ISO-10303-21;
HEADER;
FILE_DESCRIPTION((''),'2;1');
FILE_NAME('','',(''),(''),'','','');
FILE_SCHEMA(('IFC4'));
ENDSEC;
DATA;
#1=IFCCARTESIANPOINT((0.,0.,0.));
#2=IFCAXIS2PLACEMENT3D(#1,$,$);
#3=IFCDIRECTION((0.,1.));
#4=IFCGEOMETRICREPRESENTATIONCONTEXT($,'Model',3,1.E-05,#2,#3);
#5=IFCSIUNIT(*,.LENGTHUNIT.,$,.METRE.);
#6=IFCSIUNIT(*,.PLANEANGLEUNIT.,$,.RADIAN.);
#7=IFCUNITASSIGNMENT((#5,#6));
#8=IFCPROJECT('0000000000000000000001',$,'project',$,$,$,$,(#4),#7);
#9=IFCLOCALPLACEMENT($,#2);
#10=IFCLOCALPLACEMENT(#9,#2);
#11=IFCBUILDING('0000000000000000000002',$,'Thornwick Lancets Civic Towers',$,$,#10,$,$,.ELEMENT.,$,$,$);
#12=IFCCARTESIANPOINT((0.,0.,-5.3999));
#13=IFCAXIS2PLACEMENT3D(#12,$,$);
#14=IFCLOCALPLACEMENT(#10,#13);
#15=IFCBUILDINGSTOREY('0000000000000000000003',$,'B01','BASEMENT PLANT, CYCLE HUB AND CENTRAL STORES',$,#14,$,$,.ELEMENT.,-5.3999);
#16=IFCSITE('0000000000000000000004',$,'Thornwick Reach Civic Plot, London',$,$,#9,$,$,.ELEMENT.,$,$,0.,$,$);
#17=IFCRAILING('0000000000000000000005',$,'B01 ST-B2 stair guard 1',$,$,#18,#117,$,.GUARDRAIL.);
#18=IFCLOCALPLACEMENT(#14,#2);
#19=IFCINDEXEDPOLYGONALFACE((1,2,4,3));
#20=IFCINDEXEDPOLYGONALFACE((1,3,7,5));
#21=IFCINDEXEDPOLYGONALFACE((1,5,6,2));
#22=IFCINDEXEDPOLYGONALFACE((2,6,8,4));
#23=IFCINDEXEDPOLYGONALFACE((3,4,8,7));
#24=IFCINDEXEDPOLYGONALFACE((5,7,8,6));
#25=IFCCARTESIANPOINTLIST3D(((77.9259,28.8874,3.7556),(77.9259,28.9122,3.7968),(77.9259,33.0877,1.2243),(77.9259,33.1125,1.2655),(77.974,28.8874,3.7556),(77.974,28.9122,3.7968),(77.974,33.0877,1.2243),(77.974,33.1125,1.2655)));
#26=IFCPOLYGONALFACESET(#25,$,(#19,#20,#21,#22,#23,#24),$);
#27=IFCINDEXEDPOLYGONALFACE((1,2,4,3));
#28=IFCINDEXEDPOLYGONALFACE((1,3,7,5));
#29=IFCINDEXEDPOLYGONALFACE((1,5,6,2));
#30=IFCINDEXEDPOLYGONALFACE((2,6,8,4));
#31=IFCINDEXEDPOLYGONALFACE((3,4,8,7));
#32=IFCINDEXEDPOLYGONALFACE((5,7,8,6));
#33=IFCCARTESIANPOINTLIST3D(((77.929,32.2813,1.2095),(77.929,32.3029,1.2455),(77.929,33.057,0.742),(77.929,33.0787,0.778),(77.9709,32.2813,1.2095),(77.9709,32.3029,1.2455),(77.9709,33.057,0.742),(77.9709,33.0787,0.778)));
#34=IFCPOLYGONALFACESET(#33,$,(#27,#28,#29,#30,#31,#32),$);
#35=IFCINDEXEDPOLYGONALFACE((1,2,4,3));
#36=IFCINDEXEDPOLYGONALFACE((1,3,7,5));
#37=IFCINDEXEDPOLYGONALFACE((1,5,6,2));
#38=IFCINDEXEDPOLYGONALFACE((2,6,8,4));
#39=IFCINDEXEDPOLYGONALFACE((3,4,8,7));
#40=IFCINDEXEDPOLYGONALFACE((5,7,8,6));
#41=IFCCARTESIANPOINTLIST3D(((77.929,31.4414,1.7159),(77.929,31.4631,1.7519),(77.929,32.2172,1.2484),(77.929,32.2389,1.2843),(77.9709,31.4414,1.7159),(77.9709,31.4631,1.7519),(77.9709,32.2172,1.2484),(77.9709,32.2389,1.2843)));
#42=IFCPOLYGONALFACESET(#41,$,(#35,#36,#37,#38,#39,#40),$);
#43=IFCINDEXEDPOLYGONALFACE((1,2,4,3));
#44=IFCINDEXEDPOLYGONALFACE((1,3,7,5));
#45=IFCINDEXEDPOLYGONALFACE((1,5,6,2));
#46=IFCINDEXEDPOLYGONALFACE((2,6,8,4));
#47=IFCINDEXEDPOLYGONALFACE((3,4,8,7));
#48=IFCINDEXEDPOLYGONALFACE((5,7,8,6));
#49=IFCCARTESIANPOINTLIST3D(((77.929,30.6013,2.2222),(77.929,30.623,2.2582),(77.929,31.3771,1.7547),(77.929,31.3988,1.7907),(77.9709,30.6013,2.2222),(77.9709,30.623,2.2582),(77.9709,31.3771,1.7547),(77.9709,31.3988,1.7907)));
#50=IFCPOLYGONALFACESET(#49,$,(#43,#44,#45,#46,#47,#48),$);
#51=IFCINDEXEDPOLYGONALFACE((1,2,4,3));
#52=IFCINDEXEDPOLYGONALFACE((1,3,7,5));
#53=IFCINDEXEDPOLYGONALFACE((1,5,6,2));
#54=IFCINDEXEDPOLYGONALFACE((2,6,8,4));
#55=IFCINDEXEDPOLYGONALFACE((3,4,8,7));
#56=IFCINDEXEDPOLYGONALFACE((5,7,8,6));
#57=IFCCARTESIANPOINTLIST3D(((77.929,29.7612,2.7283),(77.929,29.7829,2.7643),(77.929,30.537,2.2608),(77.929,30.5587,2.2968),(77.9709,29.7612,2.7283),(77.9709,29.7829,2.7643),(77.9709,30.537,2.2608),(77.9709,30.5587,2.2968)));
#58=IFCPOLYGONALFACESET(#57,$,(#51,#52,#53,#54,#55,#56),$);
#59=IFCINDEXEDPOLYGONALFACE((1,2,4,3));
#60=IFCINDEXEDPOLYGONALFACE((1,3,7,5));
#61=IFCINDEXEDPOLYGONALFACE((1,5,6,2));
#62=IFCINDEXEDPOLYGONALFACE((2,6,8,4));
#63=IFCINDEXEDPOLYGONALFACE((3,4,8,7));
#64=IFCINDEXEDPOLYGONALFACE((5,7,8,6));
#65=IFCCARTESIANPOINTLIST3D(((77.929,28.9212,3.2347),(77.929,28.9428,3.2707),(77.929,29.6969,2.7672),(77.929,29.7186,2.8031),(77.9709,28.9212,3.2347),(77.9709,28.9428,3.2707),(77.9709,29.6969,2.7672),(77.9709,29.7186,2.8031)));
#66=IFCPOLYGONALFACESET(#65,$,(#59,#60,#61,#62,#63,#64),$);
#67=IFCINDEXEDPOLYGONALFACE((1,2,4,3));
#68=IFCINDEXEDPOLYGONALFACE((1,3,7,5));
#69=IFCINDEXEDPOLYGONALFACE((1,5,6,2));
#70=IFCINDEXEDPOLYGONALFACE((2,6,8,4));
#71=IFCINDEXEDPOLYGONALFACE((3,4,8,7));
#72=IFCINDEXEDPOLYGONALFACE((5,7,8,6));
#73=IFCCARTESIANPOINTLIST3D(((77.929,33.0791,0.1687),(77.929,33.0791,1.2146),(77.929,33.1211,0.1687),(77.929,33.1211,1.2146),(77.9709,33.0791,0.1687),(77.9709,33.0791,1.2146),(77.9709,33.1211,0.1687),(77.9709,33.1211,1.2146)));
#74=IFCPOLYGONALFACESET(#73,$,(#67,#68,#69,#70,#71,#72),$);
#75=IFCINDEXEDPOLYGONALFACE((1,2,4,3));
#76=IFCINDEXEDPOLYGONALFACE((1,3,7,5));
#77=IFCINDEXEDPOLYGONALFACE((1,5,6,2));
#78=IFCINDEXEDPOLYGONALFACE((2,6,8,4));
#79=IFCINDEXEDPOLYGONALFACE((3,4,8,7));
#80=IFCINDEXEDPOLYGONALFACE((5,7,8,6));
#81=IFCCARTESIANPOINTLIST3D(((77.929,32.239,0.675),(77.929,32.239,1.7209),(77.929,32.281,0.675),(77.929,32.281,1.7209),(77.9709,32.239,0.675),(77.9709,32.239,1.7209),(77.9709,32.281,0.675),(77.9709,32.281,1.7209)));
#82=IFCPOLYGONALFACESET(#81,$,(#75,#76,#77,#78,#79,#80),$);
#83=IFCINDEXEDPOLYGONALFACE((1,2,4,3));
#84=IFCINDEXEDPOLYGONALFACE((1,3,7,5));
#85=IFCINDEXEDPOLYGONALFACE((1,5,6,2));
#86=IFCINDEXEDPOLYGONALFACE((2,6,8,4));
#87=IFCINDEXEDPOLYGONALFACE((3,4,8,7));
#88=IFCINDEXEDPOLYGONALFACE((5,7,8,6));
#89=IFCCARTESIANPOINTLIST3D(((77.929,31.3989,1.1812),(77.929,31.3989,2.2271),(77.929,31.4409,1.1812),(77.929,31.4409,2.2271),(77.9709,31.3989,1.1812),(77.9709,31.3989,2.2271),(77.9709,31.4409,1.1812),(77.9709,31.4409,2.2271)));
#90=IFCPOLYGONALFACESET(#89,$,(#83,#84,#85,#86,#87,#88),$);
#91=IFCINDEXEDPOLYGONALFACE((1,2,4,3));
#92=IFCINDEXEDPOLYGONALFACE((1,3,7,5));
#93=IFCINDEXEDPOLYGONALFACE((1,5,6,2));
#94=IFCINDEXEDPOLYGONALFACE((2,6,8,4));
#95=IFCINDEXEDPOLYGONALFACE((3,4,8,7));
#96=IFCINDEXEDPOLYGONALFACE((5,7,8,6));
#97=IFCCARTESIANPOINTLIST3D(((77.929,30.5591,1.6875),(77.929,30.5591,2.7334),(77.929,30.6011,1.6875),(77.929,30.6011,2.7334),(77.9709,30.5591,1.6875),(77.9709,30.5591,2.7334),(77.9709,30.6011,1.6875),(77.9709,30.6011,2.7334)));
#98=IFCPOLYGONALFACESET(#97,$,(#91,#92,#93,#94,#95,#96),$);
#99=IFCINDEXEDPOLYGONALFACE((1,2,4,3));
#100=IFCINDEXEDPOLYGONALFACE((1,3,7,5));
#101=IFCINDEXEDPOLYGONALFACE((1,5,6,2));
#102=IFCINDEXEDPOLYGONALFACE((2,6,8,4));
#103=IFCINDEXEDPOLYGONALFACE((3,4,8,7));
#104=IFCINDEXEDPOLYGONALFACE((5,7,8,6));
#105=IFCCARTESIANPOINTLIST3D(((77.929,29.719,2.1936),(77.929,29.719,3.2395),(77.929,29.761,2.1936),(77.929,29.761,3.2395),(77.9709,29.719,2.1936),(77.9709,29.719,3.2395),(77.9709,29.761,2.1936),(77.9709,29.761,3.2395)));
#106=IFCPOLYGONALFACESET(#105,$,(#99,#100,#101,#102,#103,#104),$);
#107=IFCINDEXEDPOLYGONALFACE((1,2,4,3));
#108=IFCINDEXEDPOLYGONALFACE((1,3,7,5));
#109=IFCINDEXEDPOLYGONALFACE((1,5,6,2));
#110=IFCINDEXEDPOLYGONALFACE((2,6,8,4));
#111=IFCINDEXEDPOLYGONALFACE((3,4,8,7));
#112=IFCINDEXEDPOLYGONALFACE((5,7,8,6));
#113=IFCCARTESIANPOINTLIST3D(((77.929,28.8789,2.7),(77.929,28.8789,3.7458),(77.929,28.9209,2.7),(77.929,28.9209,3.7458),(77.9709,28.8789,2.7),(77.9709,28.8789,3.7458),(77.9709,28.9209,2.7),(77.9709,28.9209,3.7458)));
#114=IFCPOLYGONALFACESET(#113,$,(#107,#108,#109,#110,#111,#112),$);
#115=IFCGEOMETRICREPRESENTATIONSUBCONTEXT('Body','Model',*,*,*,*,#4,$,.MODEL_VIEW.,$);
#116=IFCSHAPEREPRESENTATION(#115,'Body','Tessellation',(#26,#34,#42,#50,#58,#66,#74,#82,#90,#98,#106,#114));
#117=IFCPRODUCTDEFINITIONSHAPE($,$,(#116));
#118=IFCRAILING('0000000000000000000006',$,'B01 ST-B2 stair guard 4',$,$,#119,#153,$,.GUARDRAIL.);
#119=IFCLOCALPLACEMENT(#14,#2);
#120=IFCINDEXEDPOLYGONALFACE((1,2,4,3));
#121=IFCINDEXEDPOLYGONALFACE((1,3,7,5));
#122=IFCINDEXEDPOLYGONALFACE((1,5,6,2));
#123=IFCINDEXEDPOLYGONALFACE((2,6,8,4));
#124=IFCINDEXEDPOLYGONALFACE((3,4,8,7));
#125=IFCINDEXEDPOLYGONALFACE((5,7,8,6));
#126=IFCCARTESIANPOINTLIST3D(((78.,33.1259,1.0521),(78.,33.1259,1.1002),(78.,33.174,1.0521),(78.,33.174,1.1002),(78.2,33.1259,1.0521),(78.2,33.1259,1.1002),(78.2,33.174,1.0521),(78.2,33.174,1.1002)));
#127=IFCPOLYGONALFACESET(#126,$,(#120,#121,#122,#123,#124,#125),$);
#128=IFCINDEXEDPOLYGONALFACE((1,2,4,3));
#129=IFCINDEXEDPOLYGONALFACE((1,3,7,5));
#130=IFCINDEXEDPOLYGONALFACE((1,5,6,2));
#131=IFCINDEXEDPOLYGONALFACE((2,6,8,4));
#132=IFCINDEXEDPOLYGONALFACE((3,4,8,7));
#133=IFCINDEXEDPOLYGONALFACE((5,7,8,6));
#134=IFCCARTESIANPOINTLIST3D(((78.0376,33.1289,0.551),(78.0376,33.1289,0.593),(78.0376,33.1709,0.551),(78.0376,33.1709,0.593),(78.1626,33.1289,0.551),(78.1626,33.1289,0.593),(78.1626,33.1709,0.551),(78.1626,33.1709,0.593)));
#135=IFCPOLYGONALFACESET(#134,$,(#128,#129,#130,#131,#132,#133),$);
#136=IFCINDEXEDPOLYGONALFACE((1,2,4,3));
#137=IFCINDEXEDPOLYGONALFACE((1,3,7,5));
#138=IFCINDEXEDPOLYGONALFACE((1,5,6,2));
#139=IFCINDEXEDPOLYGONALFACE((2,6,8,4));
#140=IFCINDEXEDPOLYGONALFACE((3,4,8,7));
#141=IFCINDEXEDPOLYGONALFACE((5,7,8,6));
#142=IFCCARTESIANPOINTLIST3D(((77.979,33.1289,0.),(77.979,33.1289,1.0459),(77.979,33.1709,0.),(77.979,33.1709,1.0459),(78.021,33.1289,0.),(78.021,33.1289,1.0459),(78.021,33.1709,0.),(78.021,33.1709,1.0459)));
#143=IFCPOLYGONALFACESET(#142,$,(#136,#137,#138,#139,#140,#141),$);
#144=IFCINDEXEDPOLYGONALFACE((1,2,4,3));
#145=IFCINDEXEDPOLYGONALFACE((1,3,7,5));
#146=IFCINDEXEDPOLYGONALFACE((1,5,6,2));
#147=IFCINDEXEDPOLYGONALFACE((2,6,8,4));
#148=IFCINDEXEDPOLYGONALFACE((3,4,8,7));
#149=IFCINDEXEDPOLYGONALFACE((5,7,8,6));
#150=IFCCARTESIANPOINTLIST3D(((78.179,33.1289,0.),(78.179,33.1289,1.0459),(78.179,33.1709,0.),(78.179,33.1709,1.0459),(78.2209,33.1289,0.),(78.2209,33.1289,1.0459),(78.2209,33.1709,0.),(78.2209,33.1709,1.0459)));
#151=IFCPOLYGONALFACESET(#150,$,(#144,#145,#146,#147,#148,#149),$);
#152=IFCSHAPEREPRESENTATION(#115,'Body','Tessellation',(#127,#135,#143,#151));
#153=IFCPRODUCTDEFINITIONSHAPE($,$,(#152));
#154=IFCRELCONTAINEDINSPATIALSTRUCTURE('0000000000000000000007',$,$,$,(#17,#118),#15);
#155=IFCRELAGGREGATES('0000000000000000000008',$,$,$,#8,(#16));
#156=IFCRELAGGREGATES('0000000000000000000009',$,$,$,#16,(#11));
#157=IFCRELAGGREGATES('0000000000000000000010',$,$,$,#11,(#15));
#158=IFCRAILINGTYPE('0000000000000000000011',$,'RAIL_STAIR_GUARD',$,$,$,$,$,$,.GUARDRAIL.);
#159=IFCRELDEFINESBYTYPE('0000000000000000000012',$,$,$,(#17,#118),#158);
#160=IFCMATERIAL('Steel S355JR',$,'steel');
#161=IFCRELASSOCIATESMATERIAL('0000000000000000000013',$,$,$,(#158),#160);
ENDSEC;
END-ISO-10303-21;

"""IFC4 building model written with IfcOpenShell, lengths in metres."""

from ifc_helpers import new_model, si_unit, direction, frame, origin, origin_2d, place, context, subcontext, project, spatial, rectangle, extrude, material, type_object, element, save


model = new_model("IFC4")

# Units and contexts
model_context = context("Model", 3, precision=1e-05, world=origin(), true_north=direction((0.0, 1.0)))
body_context = subcontext(model_context, "Body", "Model", "MODEL_VIEW")
ifc_project = project(units=[si_unit("LENGTHUNIT", "METRE"), si_unit("PLANEANGLEUNIT", "RADIAN")], contexts=[model_context])

# Site, building, storey
site_placement = place(None, origin())
site = spatial("IfcSite", under=ifc_project, at=site_placement, Name="Thornwick Reach Civic Plot, London", CompositionType="ELEMENT", RefElevation=0.0)
building_placement = place(site_placement, origin())
building = spatial("IfcBuilding", under=site, at=building_placement, Name="Thornwick Lancets Civic Towers", CompositionType="ELEMENT")
storey_placement = place(building_placement, frame((0.0, 0.0, -5.3999)))
storey = spatial("IfcBuildingStorey", under=building, at=storey_placement, Name="B01", Description="BASEMENT PLANT, CYCLE HUB AND CENTRAL STORES", CompositionType="ELEMENT", Elevation=-5.3999)

# Railings
ifc_material_1 = material(Name="Steel S355JR", Category="steel")
railing_type_1 = type_object("IfcRailingType", Name="RAIL_STAIR_GUARD", PredefinedType="GUARDRAIL", material=ifc_material_1)
railing_1_placement = place(storey_placement, frame((77.95, 33.1001, 0.1687)))
element("IfcRailing", 1, at=railing_1_placement, inside=storey, type_object=railing_type_1, Name="B01 ST-B2 stair guard 1", PredefinedType="GUARDRAIL", context=body_context, shape_type="SweptSolid", body=[
    extrude(rectangle(XDim=0.0481, YDim=0.0481, at=origin_2d()), frame((0.0, 0.0, 1.0762), z_axis=(0.0, -0.85649, 0.516164), x_axis=(1.0, 0.0, 0.0)), (0.0, 0.0, 1.0), 4.9041),
    extrude(rectangle(XDim=0.042, YDim=0.042, at=origin_2d()), frame((0.0, -0.0322, 0.5913), z_axis=(0.0, -0.85649, 0.516164), x_axis=(1.0, 0.0, 0.0)), (0.0, 0.0, 1.0), 0.9058),
    extrude(rectangle(XDim=0.042, YDim=0.042, at=origin_2d()), frame((0.0, -0.8721, 1.0977), z_axis=(0.0, -0.85649, 0.516164), x_axis=(1.0, 0.0, 0.0)), (0.0, 0.0, 1.0), 0.9058),
    extrude(rectangle(XDim=0.042, YDim=0.042, at=origin_2d()), frame((0.0, -1.7122, 1.604), z_axis=(0.0, -0.85649, 0.516164), x_axis=(1.0, 0.0, 0.0)), (0.0, 0.0, 1.0), 0.9058),
    extrude(rectangle(XDim=0.042, YDim=0.042, at=origin_2d()), frame((0.0, -2.5522, 2.1101), z_axis=(0.0, -0.85649, 0.516164), x_axis=(1.0, 0.0, 0.0)), (0.0, 0.0, 1.0), 0.9058),
    extrude(rectangle(XDim=0.042, YDim=0.042, at=origin_2d()), frame((0.0, -3.3923, 2.6165), z_axis=(0.0, -0.85649, 0.516164), x_axis=(1.0, 0.0, 0.0)), (0.0, 0.0, 1.0), 0.9058),
    extrude(rectangle(XDim=0.042, YDim=0.042, at=origin_2d()), origin(), (0.0, 0.0, 1.0), 1.0459),
    extrude(rectangle(XDim=0.042, YDim=0.042, at=origin_2d()), frame((0.0, -0.8401, 0.5063)), (0.0, 0.0, 1.0), 1.0459),
    extrude(rectangle(XDim=0.042, YDim=0.042, at=origin_2d()), frame((0.0, -1.6802, 1.0125)), (0.0, 0.0, 1.0), 1.0459),
    extrude(rectangle(XDim=0.042, YDim=0.042, at=origin_2d()), frame((0.0, -2.52, 1.5188)), (0.0, 0.0, 1.0), 1.0459),
    extrude(rectangle(XDim=0.042, YDim=0.042, at=origin_2d()), frame((0.0, -3.3601, 2.0249)), (0.0, 0.0, 1.0), 1.0459),
    extrude(rectangle(XDim=0.042, YDim=0.042, at=origin_2d()), frame((0.0, -4.2002, 2.5312)), (0.0, 0.0, 1.0), 1.0459),
])
railing_2_placement = place(storey_placement, frame((78.0, 33.1499, 0.0)))
element("IfcRailing", 2, at=railing_2_placement, inside=storey, type_object=railing_type_1, Name="B01 ST-B2 stair guard 4", PredefinedType="GUARDRAIL", context=body_context, shape_type="SweptSolid", body=[
    extrude(rectangle(XDim=0.0481, YDim=0.0481, at=origin_2d()), frame((0.0, 0.0, 1.0762), z_axis=(1.0, 0.0, 0.0), x_axis=(0.0, 1.0, 0.0)), (0.0, 0.0, 1.0), 0.2),
    extrude(rectangle(XDim=0.042, YDim=0.042, at=origin_2d()), frame((0.0376, 0.0, 0.572), z_axis=(1.0, 0.0, 0.0), x_axis=(0.0, 1.0, 0.0)), (0.0, 0.0, 1.0), 0.125),
    extrude(rectangle(XDim=0.042, YDim=0.042, at=origin_2d()), origin(), (0.0, 0.0, 1.0), 1.0459),
    extrude(rectangle(XDim=0.042, YDim=0.042, at=origin_2d()), frame((0.2, 0.0, 0.0)), (0.0, 0.0, 1.0), 1.0459),
])

save(model, "model.ifc")
